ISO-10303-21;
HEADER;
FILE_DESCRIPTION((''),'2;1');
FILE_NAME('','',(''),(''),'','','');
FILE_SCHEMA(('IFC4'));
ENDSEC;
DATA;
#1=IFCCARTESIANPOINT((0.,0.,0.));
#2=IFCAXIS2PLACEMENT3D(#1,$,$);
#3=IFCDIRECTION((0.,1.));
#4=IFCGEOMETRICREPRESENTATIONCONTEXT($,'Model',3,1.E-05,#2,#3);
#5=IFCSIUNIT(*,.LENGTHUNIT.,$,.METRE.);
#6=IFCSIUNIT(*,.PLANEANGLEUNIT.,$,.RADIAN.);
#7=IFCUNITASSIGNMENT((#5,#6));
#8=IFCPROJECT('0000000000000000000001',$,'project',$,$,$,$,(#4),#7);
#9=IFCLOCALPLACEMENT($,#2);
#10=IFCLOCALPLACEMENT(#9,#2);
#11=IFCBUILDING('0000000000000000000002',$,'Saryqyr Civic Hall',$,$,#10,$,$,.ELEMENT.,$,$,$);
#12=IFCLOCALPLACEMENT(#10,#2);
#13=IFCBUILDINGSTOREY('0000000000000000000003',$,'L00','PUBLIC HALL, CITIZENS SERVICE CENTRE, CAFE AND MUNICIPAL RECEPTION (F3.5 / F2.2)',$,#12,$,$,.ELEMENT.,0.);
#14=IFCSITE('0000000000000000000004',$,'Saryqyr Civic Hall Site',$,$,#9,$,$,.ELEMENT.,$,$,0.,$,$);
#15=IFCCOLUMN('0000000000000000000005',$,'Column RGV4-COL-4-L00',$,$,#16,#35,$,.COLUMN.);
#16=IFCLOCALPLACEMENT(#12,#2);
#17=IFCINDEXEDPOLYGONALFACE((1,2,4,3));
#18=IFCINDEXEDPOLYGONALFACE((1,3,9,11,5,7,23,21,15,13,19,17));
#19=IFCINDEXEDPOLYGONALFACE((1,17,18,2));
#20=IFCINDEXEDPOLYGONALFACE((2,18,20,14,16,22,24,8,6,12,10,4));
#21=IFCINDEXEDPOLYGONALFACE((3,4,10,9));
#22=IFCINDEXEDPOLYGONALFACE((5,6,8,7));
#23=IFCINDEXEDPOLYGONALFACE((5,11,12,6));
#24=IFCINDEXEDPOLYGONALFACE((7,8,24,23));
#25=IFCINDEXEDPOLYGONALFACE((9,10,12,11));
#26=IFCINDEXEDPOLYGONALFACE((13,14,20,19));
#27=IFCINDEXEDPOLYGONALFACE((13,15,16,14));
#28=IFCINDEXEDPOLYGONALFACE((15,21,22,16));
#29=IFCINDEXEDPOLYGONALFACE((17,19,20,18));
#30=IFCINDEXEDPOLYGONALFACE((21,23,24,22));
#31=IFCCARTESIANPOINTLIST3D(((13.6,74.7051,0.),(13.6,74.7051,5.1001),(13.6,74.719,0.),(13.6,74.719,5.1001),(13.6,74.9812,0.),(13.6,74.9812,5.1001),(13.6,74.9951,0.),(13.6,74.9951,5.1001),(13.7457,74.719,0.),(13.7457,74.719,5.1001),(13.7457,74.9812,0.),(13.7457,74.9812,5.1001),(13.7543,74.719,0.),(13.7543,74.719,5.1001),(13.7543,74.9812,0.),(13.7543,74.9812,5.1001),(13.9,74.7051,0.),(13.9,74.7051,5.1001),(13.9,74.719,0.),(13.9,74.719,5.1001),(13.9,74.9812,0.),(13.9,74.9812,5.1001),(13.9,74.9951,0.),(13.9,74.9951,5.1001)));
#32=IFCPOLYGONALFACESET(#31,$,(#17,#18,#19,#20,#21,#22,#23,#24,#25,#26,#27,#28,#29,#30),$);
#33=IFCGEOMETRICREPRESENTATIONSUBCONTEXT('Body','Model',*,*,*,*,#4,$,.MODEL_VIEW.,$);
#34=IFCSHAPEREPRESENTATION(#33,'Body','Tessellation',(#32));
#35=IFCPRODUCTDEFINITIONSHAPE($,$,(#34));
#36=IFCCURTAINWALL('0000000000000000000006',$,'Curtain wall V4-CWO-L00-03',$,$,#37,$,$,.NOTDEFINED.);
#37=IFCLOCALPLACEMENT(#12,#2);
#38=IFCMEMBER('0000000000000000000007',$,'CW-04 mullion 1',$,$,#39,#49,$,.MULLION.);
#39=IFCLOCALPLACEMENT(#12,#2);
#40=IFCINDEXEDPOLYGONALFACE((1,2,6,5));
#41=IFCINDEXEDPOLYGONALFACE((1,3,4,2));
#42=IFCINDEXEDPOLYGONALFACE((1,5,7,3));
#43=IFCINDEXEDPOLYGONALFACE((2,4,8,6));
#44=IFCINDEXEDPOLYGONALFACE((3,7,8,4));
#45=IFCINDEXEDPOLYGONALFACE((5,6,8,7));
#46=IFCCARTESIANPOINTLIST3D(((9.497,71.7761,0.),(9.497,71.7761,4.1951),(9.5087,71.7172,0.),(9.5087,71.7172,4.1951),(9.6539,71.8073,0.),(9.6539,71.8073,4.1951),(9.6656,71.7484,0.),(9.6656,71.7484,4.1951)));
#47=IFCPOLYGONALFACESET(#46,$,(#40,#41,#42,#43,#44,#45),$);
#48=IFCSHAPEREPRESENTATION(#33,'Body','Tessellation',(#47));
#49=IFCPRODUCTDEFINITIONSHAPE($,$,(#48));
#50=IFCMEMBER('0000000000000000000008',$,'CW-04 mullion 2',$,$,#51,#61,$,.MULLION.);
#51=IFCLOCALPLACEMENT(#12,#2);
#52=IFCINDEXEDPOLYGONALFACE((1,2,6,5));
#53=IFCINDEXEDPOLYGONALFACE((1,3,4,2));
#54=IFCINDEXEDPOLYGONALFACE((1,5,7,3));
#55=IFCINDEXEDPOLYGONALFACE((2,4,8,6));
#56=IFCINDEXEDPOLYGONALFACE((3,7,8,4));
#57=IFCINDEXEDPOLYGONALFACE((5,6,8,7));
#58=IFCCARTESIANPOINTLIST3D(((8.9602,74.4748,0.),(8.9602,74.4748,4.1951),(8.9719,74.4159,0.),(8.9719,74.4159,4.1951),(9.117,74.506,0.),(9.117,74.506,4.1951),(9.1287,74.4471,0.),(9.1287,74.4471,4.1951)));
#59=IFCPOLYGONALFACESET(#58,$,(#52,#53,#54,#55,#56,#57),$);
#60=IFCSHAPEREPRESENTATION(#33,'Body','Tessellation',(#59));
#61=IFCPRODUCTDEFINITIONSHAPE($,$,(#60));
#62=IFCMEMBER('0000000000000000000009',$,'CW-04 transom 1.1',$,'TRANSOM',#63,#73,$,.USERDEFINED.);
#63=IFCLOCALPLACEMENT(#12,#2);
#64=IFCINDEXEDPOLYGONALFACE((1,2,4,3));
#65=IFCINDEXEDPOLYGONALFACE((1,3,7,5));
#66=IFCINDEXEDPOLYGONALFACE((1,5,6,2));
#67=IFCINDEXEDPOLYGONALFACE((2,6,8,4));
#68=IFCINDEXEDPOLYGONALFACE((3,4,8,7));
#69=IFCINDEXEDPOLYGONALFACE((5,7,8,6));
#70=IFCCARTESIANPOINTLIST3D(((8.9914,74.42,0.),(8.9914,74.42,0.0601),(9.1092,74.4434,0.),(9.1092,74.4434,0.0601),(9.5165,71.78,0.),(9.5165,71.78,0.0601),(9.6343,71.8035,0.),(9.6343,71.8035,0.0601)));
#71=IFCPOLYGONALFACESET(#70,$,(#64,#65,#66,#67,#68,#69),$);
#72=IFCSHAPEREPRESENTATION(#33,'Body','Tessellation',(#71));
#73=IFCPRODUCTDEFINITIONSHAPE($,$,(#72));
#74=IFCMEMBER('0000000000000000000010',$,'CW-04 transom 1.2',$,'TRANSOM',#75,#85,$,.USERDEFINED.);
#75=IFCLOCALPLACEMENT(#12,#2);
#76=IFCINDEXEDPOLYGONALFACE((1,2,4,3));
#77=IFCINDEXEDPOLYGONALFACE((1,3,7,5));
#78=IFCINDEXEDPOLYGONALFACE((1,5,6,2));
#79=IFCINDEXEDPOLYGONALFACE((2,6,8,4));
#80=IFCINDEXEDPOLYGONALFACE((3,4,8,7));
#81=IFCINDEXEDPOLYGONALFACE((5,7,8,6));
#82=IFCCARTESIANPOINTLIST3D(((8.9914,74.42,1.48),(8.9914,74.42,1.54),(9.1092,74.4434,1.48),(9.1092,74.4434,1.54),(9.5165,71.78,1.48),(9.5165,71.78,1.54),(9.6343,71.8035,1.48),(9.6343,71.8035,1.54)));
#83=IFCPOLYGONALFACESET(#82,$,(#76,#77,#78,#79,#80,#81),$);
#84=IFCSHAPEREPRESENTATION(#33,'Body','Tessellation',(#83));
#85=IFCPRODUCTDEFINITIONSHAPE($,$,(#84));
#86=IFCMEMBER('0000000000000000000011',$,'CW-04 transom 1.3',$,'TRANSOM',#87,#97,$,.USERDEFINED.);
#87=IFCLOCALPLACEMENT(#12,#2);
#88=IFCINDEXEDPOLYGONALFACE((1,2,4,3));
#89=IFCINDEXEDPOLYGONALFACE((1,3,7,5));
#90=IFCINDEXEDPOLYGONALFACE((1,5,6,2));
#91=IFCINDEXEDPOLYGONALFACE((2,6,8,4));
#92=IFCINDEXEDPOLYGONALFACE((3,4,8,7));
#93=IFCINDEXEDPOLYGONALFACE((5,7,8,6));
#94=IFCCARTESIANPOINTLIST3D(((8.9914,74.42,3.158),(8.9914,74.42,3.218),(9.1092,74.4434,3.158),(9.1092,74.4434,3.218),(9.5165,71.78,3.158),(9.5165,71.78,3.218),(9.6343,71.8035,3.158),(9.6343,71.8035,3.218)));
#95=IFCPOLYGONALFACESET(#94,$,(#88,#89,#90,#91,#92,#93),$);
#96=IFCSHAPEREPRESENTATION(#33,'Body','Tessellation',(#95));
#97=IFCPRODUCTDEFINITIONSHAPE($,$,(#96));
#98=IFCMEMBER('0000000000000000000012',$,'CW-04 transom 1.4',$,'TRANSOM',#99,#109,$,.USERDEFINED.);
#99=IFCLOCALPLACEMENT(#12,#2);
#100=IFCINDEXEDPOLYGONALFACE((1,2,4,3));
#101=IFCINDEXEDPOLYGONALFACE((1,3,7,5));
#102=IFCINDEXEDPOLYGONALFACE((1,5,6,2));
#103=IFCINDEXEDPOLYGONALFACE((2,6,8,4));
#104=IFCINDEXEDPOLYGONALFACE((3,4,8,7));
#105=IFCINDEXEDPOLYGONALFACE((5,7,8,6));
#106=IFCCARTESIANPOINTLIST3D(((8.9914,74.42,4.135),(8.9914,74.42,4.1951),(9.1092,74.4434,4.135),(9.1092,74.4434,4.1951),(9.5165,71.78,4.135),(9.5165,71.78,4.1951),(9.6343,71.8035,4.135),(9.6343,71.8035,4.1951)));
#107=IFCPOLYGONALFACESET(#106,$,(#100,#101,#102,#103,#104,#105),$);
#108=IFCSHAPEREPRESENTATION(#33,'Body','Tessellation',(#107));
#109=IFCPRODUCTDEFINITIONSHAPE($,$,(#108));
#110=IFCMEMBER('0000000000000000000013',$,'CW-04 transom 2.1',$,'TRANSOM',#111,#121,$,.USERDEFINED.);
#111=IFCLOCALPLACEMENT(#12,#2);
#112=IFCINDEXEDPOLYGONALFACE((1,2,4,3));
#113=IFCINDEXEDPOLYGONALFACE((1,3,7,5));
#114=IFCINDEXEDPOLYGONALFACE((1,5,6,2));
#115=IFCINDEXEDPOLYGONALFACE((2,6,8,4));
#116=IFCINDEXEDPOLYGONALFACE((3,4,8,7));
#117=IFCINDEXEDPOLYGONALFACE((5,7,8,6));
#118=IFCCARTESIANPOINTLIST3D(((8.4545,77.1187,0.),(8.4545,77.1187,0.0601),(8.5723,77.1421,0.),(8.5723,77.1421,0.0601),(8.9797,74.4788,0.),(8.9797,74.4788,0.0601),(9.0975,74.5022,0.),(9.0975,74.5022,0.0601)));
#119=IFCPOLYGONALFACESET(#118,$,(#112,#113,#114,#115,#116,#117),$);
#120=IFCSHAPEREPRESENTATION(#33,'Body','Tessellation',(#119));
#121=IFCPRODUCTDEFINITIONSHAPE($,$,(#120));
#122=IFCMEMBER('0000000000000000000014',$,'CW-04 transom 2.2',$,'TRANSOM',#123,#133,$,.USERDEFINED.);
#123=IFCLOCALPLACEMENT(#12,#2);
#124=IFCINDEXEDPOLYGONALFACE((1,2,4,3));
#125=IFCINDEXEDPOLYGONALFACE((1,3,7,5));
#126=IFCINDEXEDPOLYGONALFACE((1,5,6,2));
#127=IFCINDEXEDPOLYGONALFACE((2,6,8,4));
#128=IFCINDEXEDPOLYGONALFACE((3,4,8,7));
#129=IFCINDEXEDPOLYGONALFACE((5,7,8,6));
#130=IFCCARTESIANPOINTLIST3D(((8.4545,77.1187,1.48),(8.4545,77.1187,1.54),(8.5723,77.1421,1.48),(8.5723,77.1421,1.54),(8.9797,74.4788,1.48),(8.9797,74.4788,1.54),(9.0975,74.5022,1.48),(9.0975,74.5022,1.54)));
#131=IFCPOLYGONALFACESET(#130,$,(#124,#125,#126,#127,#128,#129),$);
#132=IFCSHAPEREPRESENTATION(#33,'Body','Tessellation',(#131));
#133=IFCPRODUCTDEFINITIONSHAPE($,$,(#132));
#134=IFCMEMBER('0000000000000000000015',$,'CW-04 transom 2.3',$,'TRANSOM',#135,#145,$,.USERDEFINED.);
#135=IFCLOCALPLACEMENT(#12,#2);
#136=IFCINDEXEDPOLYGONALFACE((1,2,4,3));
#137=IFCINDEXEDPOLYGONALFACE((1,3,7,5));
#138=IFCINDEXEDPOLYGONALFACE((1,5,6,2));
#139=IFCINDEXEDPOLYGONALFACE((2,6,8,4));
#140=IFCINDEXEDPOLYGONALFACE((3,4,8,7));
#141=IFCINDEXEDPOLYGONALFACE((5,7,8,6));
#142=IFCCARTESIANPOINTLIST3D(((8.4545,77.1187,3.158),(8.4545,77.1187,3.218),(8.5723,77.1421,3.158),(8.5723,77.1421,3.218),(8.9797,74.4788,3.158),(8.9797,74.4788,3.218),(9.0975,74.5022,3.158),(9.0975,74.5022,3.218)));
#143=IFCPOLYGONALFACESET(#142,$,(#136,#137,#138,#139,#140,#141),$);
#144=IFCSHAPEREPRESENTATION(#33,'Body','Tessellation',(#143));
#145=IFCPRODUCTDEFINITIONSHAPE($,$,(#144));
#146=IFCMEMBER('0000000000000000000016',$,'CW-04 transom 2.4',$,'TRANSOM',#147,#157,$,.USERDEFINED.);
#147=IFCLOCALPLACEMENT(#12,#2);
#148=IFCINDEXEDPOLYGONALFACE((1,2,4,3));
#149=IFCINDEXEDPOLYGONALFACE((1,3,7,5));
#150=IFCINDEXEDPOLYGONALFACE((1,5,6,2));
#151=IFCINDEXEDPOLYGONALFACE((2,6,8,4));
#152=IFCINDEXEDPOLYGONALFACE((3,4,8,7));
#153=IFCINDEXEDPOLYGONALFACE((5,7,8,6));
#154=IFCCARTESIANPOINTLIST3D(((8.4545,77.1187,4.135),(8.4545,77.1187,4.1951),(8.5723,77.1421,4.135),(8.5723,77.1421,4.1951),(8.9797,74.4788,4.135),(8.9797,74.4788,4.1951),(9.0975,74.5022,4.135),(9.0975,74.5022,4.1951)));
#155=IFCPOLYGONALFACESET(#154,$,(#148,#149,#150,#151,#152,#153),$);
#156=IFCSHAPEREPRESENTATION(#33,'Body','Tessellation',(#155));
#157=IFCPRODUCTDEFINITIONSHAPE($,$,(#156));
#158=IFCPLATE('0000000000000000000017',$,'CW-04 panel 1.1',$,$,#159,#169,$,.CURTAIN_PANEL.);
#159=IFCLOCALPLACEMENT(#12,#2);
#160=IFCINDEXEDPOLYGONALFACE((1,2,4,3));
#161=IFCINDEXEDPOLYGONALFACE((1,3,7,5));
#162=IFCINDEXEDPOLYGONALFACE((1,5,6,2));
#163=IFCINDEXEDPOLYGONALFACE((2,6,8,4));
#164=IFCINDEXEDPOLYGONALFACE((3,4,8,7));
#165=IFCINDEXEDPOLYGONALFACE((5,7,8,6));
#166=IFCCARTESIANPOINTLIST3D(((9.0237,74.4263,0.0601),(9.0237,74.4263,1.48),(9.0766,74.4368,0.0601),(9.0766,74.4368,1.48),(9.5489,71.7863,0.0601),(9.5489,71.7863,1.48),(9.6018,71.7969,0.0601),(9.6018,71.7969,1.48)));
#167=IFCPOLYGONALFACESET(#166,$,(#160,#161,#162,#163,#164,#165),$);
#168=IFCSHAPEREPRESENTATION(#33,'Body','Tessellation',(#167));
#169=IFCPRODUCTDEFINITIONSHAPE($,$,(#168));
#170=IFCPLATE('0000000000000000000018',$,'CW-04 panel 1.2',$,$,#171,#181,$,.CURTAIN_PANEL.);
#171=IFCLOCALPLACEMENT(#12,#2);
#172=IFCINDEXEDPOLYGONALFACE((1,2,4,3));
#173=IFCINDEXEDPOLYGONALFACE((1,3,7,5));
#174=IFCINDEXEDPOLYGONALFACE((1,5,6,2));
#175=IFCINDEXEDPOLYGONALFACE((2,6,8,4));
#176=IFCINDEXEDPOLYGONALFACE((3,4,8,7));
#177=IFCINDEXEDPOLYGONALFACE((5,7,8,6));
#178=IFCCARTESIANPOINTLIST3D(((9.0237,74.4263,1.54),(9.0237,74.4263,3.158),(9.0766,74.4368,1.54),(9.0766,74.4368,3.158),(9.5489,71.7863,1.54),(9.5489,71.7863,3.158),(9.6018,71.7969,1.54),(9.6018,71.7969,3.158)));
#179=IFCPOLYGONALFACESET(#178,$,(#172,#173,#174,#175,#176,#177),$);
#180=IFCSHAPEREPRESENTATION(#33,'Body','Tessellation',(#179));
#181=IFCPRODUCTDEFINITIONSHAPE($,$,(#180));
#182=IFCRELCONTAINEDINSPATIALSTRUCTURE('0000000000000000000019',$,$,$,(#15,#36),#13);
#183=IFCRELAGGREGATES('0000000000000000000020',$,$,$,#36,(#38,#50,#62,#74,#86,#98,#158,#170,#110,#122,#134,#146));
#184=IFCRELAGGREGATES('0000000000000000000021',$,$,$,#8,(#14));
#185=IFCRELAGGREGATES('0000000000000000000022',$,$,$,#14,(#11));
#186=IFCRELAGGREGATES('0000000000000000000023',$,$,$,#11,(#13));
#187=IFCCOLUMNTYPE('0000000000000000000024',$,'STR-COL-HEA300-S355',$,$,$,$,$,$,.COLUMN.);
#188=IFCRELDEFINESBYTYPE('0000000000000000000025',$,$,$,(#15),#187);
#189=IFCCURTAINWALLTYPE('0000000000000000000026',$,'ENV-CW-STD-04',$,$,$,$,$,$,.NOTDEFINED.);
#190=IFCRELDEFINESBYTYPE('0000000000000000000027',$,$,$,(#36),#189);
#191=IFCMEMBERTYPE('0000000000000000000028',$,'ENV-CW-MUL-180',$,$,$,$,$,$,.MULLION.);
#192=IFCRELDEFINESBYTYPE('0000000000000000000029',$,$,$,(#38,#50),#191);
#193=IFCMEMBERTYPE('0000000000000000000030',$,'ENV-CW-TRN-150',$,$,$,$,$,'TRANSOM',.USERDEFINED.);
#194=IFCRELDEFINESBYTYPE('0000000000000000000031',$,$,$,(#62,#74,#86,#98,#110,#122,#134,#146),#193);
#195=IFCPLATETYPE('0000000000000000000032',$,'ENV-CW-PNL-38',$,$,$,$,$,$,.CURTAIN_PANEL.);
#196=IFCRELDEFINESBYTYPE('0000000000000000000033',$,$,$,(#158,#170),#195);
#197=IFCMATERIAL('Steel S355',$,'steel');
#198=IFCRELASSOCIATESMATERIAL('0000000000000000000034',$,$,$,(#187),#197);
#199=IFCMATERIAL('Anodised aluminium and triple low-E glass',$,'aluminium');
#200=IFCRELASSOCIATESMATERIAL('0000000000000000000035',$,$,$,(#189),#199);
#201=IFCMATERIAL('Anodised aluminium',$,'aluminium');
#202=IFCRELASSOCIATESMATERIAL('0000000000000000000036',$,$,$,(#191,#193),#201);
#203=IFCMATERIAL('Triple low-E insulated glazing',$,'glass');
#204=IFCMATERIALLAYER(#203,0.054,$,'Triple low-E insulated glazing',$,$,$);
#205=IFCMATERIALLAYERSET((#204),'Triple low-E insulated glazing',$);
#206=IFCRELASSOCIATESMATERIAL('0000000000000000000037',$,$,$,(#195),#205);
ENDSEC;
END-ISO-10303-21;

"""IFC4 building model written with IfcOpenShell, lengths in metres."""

from ifc_helpers import new_model, si_unit, direction, frame, origin, origin_2d, place, context, subcontext, project, spatial, rectangle, i_section, extrude, material, layer, layer_set, material_profile, profile_set, type_object, element, aggregate, save


model = new_model("IFC4")

# Units and contexts
model_context = context("Model", 3, precision=1e-05, world=origin(), true_north=direction((0.0, 1.0)))
body_context = subcontext(model_context, "Body", "Model", "MODEL_VIEW")
ifc_project = project(units=[si_unit("LENGTHUNIT", "METRE"), si_unit("PLANEANGLEUNIT", "RADIAN")], contexts=[model_context])

# Site, building, storey
site_placement = place(None, origin())
site = spatial("IfcSite", under=ifc_project, at=site_placement, Name="Saryqyr Civic Hall Site", CompositionType="ELEMENT", RefElevation=0.0)
building_placement = place(site_placement, origin())
building = spatial("IfcBuilding", under=site, at=building_placement, Name="Saryqyr Civic Hall", CompositionType="ELEMENT")
storey_placement = place(building_placement, origin())
storey = spatial("IfcBuildingStorey", under=building, at=storey_placement, Name="L00", Description="PUBLIC HALL, CITIZENS SERVICE CENTRE, CAFE AND MUNICIPAL RECEPTION (F3.5 / F2.2)", CompositionType="ELEMENT", Elevation=0.0)

# Column
ifc_material_1 = material(Name="Steel S355", Category="steel")
ifc_material_profile_1 = material_profile(ifc_material_1, i_section(OverallWidth=0.3, OverallDepth=0.29, WebThickness=0.0085, FlangeThickness=0.0139, at=origin_2d()), Name="HEA 300")
ifc_profile_set_1 = profile_set([ifc_material_profile_1], Name="Steel S355")
column_type = type_object("IfcColumnType", Name="STR-COL-HEA300-S355", PredefinedType="COLUMN", material=ifc_profile_set_1)
column_placement = place(storey_placement, frame((13.75, 74.8501, 0.0), z_axis=(0.0, 0.0, 1.0), x_axis=(1.0, 0.0, 0.0)))
element("IfcColumn", 1, at=column_placement, inside=storey, type_object=column_type, Name="Column RGV4-COL-4-L00", PredefinedType="COLUMN", context=body_context, shape_type="SweptSolid", body=[
    extrude(i_section(OverallWidth=0.3, OverallDepth=0.29, WebThickness=0.0085, FlangeThickness=0.0139, at=origin_2d()), origin(), (0.0, 0.0, 1.0), 5.1001),
])

# Curtain wall, members, plates
ifc_material_2 = material(Name="Anodised aluminium and triple low-E glass", Category="aluminium")
curtain_wall_type = type_object("IfcCurtainWallType", Name="ENV-CW-STD-04", PredefinedType="NOTDEFINED", material=ifc_material_2)
curtain_wall_placement = place(storey_placement, origin())
curtain_wall = element("IfcCurtainWall", 2, at=curtain_wall_placement, inside=storey, type_object=curtain_wall_type, Name="Curtain wall V4-CWO-L00-03", PredefinedType="NOTDEFINED")
ifc_material_3 = material(Name="Anodised aluminium", Category="aluminium")
ifc_material_profile_2 = material_profile(ifc_material_3, rectangle(XDim=0.0601, YDim=0.1599, at=origin_2d()), Name="ALU MULLION 60x160")
ifc_profile_set_2 = profile_set([ifc_material_profile_2], Name="Anodised aluminium")
member_type_1 = type_object("IfcMemberType", Name="ENV-CW-MUL-180", PredefinedType="MULLION", material=ifc_profile_set_2)
member_1_placement = place(storey_placement, frame((9.5813, 71.7622, 0.0), z_axis=(0.0, 0.0, 1.0), x_axis=(-0.195103, 0.980783, 0.0)))
member_1 = element("IfcMember", 3, at=member_1_placement, type_object=member_type_1, Name="CW-04 mullion 1", PredefinedType="MULLION", context=body_context, shape_type="SweptSolid", body=[
    extrude(rectangle(XDim=0.0601, YDim=0.1599, at=origin_2d()), origin(), (0.0, 0.0, 1.0), 4.1951),
])
member_2_placement = place(storey_placement, frame((9.0444, 74.4609, 0.0), z_axis=(0.0, 0.0, 1.0), x_axis=(-0.195103, 0.980783, 0.0)))
member_2 = element("IfcMember", 4, at=member_2_placement, type_object=member_type_1, Name="CW-04 mullion 2", PredefinedType="MULLION", context=body_context, shape_type="SweptSolid", body=[
    extrude(rectangle(XDim=0.0601, YDim=0.1599, at=origin_2d()), origin(), (0.0, 0.0, 1.0), 4.1951),
])
ifc_material_profile_3 = material_profile(ifc_material_3, rectangle(XDim=0.1201, YDim=0.0601, at=origin_2d()), Name="ALU TRANSOM 120x60")
ifc_profile_set_3 = profile_set([ifc_material_profile_3], Name="Anodised aluminium")
member_type_2 = type_object("IfcMemberType", Name="ENV-CW-TRN-150", ElementType="TRANSOM", PredefinedType="USERDEFINED", material=ifc_profile_set_3)
member_3_placement = place(storey_placement, frame((9.5754, 71.7917, 0.03), z_axis=(-0.195104, 0.980782, 0.0), x_axis=(-0.980782, -0.195104, 0.0)))
member_3 = element("IfcMember", 5, at=member_3_placement, type_object=member_type_2, Name="CW-04 transom 1.1", ObjectType="TRANSOM", PredefinedType="USERDEFINED", context=body_context, shape_type="SweptSolid", body=[
    extrude(rectangle(XDim=0.1201, YDim=0.0601, at=origin_2d()), origin(), (0.0, 0.0, 1.0), 2.6917),
])
member_4_placement = place(storey_placement, frame((9.5754, 71.7917, 1.51), z_axis=(-0.195104, 0.980782, 0.0), x_axis=(-0.980782, -0.195104, 0.0)))
member_4 = element("IfcMember", 6, at=member_4_placement, type_object=member_type_2, Name="CW-04 transom 1.2", ObjectType="TRANSOM", PredefinedType="USERDEFINED", context=body_context, shape_type="SweptSolid", body=[
    extrude(rectangle(XDim=0.1201, YDim=0.0601, at=origin_2d()), origin(), (0.0, 0.0, 1.0), 2.6917),
])
member_5_placement = place(storey_placement, frame((9.5754, 71.7917, 3.188), z_axis=(-0.195104, 0.980782, 0.0), x_axis=(-0.980782, -0.195104, 0.0)))
member_5 = element("IfcMember", 7, at=member_5_placement, type_object=member_type_2, Name="CW-04 transom 1.3", ObjectType="TRANSOM", PredefinedType="USERDEFINED", context=body_context, shape_type="SweptSolid", body=[
    extrude(rectangle(XDim=0.1201, YDim=0.0601, at=origin_2d()), origin(), (0.0, 0.0, 1.0), 2.6917),
])
member_6_placement = place(storey_placement, frame((9.5754, 71.7917, 4.165), z_axis=(-0.195104, 0.980782, 0.0), x_axis=(-0.980782, -0.195104, 0.0)))
member_6 = element("IfcMember", 8, at=member_6_placement, type_object=member_type_2, Name="CW-04 transom 1.4", ObjectType="TRANSOM", PredefinedType="USERDEFINED", context=body_context, shape_type="SweptSolid", body=[
    extrude(rectangle(XDim=0.1201, YDim=0.0601, at=origin_2d()), origin(), (0.0, 0.0, 1.0), 2.6917),
])
member_7_placement = place(storey_placement, frame((9.0386, 74.4905, 0.03), z_axis=(-0.195104, 0.980782, 0.0), x_axis=(-0.980782, -0.195104, 0.0)))
member_7 = element("IfcMember", 9, at=member_7_placement, type_object=member_type_2, Name="CW-04 transom 2.1", ObjectType="TRANSOM", PredefinedType="USERDEFINED", context=body_context, shape_type="SweptSolid", body=[
    extrude(rectangle(XDim=0.1201, YDim=0.0601, at=origin_2d()), origin(), (0.0, 0.0, 1.0), 2.6917),
])
member_8_placement = place(storey_placement, frame((9.0386, 74.4905, 1.51), z_axis=(-0.195104, 0.980782, 0.0), x_axis=(-0.980782, -0.195104, 0.0)))
member_8 = element("IfcMember", 10, at=member_8_placement, type_object=member_type_2, Name="CW-04 transom 2.2", ObjectType="TRANSOM", PredefinedType="USERDEFINED", context=body_context, shape_type="SweptSolid", body=[
    extrude(rectangle(XDim=0.1201, YDim=0.0601, at=origin_2d()), origin(), (0.0, 0.0, 1.0), 2.6917),
])
member_9_placement = place(storey_placement, frame((9.0386, 74.4905, 3.188), z_axis=(-0.195104, 0.980782, 0.0), x_axis=(-0.980782, -0.195104, 0.0)))
member_9 = element("IfcMember", 11, at=member_9_placement, type_object=member_type_2, Name="CW-04 transom 2.3", ObjectType="TRANSOM", PredefinedType="USERDEFINED", context=body_context, shape_type="SweptSolid", body=[
    extrude(rectangle(XDim=0.1201, YDim=0.0601, at=origin_2d()), origin(), (0.0, 0.0, 1.0), 2.6917),
])
member_10_placement = place(storey_placement, frame((9.0386, 74.4905, 4.165), z_axis=(-0.195104, 0.980782, 0.0), x_axis=(-0.980782, -0.195104, 0.0)))
member_10 = element("IfcMember", 12, at=member_10_placement, type_object=member_type_2, Name="CW-04 transom 2.4", ObjectType="TRANSOM", PredefinedType="USERDEFINED", context=body_context, shape_type="SweptSolid", body=[
    extrude(rectangle(XDim=0.1201, YDim=0.0601, at=origin_2d()), origin(), (0.0, 0.0, 1.0), 2.6917),
])
ifc_material_4 = material(Name="Triple low-E insulated glazing", Category="glass")
ifc_layer_1 = layer(ifc_material_4, 0.054, Name="Triple low-E insulated glazing")
ifc_layer_set_1 = layer_set([ifc_layer_1], Name="Triple low-E insulated glazing")
plate_type = type_object("IfcPlateType", Name="ENV-CW-PNL-38", PredefinedType="CURTAIN_PANEL", material=ifc_layer_set_1)
plate_1_placement = place(storey_placement, frame((9.3127, 73.1116, 0.0601), z_axis=(0.0, 0.0, 1.0), x_axis=(-0.195103, 0.980783, 0.0)))
plate_1 = element("IfcPlate", 13, at=plate_1_placement, type_object=plate_type, Name="CW-04 panel 1.1", PredefinedType="CURTAIN_PANEL", context=body_context, shape_type="SweptSolid", body=[
    extrude(rectangle(XDim=2.6917, YDim=0.054, at=origin_2d()), origin(), (0.0, 0.0, 1.0), 1.4199),
])
plate_2_placement = place(storey_placement, frame((9.3127, 73.1116, 1.54), z_axis=(0.0, 0.0, 1.0), x_axis=(-0.195103, 0.980783, 0.0)))
plate_2 = element("IfcPlate", 14, at=plate_2_placement, type_object=plate_type, Name="CW-04 panel 1.2", PredefinedType="CURTAIN_PANEL", context=body_context, shape_type="SweptSolid", body=[
    extrude(rectangle(XDim=2.6917, YDim=0.054, at=origin_2d()), origin(), (0.0, 0.0, 1.0), 1.6179),
])
aggregate(curtain_wall, [member_1, member_2, member_3, member_4, member_5, member_6, plate_1, plate_2, member_7, member_8, member_9, member_10])

save(model, "model.ifc")
